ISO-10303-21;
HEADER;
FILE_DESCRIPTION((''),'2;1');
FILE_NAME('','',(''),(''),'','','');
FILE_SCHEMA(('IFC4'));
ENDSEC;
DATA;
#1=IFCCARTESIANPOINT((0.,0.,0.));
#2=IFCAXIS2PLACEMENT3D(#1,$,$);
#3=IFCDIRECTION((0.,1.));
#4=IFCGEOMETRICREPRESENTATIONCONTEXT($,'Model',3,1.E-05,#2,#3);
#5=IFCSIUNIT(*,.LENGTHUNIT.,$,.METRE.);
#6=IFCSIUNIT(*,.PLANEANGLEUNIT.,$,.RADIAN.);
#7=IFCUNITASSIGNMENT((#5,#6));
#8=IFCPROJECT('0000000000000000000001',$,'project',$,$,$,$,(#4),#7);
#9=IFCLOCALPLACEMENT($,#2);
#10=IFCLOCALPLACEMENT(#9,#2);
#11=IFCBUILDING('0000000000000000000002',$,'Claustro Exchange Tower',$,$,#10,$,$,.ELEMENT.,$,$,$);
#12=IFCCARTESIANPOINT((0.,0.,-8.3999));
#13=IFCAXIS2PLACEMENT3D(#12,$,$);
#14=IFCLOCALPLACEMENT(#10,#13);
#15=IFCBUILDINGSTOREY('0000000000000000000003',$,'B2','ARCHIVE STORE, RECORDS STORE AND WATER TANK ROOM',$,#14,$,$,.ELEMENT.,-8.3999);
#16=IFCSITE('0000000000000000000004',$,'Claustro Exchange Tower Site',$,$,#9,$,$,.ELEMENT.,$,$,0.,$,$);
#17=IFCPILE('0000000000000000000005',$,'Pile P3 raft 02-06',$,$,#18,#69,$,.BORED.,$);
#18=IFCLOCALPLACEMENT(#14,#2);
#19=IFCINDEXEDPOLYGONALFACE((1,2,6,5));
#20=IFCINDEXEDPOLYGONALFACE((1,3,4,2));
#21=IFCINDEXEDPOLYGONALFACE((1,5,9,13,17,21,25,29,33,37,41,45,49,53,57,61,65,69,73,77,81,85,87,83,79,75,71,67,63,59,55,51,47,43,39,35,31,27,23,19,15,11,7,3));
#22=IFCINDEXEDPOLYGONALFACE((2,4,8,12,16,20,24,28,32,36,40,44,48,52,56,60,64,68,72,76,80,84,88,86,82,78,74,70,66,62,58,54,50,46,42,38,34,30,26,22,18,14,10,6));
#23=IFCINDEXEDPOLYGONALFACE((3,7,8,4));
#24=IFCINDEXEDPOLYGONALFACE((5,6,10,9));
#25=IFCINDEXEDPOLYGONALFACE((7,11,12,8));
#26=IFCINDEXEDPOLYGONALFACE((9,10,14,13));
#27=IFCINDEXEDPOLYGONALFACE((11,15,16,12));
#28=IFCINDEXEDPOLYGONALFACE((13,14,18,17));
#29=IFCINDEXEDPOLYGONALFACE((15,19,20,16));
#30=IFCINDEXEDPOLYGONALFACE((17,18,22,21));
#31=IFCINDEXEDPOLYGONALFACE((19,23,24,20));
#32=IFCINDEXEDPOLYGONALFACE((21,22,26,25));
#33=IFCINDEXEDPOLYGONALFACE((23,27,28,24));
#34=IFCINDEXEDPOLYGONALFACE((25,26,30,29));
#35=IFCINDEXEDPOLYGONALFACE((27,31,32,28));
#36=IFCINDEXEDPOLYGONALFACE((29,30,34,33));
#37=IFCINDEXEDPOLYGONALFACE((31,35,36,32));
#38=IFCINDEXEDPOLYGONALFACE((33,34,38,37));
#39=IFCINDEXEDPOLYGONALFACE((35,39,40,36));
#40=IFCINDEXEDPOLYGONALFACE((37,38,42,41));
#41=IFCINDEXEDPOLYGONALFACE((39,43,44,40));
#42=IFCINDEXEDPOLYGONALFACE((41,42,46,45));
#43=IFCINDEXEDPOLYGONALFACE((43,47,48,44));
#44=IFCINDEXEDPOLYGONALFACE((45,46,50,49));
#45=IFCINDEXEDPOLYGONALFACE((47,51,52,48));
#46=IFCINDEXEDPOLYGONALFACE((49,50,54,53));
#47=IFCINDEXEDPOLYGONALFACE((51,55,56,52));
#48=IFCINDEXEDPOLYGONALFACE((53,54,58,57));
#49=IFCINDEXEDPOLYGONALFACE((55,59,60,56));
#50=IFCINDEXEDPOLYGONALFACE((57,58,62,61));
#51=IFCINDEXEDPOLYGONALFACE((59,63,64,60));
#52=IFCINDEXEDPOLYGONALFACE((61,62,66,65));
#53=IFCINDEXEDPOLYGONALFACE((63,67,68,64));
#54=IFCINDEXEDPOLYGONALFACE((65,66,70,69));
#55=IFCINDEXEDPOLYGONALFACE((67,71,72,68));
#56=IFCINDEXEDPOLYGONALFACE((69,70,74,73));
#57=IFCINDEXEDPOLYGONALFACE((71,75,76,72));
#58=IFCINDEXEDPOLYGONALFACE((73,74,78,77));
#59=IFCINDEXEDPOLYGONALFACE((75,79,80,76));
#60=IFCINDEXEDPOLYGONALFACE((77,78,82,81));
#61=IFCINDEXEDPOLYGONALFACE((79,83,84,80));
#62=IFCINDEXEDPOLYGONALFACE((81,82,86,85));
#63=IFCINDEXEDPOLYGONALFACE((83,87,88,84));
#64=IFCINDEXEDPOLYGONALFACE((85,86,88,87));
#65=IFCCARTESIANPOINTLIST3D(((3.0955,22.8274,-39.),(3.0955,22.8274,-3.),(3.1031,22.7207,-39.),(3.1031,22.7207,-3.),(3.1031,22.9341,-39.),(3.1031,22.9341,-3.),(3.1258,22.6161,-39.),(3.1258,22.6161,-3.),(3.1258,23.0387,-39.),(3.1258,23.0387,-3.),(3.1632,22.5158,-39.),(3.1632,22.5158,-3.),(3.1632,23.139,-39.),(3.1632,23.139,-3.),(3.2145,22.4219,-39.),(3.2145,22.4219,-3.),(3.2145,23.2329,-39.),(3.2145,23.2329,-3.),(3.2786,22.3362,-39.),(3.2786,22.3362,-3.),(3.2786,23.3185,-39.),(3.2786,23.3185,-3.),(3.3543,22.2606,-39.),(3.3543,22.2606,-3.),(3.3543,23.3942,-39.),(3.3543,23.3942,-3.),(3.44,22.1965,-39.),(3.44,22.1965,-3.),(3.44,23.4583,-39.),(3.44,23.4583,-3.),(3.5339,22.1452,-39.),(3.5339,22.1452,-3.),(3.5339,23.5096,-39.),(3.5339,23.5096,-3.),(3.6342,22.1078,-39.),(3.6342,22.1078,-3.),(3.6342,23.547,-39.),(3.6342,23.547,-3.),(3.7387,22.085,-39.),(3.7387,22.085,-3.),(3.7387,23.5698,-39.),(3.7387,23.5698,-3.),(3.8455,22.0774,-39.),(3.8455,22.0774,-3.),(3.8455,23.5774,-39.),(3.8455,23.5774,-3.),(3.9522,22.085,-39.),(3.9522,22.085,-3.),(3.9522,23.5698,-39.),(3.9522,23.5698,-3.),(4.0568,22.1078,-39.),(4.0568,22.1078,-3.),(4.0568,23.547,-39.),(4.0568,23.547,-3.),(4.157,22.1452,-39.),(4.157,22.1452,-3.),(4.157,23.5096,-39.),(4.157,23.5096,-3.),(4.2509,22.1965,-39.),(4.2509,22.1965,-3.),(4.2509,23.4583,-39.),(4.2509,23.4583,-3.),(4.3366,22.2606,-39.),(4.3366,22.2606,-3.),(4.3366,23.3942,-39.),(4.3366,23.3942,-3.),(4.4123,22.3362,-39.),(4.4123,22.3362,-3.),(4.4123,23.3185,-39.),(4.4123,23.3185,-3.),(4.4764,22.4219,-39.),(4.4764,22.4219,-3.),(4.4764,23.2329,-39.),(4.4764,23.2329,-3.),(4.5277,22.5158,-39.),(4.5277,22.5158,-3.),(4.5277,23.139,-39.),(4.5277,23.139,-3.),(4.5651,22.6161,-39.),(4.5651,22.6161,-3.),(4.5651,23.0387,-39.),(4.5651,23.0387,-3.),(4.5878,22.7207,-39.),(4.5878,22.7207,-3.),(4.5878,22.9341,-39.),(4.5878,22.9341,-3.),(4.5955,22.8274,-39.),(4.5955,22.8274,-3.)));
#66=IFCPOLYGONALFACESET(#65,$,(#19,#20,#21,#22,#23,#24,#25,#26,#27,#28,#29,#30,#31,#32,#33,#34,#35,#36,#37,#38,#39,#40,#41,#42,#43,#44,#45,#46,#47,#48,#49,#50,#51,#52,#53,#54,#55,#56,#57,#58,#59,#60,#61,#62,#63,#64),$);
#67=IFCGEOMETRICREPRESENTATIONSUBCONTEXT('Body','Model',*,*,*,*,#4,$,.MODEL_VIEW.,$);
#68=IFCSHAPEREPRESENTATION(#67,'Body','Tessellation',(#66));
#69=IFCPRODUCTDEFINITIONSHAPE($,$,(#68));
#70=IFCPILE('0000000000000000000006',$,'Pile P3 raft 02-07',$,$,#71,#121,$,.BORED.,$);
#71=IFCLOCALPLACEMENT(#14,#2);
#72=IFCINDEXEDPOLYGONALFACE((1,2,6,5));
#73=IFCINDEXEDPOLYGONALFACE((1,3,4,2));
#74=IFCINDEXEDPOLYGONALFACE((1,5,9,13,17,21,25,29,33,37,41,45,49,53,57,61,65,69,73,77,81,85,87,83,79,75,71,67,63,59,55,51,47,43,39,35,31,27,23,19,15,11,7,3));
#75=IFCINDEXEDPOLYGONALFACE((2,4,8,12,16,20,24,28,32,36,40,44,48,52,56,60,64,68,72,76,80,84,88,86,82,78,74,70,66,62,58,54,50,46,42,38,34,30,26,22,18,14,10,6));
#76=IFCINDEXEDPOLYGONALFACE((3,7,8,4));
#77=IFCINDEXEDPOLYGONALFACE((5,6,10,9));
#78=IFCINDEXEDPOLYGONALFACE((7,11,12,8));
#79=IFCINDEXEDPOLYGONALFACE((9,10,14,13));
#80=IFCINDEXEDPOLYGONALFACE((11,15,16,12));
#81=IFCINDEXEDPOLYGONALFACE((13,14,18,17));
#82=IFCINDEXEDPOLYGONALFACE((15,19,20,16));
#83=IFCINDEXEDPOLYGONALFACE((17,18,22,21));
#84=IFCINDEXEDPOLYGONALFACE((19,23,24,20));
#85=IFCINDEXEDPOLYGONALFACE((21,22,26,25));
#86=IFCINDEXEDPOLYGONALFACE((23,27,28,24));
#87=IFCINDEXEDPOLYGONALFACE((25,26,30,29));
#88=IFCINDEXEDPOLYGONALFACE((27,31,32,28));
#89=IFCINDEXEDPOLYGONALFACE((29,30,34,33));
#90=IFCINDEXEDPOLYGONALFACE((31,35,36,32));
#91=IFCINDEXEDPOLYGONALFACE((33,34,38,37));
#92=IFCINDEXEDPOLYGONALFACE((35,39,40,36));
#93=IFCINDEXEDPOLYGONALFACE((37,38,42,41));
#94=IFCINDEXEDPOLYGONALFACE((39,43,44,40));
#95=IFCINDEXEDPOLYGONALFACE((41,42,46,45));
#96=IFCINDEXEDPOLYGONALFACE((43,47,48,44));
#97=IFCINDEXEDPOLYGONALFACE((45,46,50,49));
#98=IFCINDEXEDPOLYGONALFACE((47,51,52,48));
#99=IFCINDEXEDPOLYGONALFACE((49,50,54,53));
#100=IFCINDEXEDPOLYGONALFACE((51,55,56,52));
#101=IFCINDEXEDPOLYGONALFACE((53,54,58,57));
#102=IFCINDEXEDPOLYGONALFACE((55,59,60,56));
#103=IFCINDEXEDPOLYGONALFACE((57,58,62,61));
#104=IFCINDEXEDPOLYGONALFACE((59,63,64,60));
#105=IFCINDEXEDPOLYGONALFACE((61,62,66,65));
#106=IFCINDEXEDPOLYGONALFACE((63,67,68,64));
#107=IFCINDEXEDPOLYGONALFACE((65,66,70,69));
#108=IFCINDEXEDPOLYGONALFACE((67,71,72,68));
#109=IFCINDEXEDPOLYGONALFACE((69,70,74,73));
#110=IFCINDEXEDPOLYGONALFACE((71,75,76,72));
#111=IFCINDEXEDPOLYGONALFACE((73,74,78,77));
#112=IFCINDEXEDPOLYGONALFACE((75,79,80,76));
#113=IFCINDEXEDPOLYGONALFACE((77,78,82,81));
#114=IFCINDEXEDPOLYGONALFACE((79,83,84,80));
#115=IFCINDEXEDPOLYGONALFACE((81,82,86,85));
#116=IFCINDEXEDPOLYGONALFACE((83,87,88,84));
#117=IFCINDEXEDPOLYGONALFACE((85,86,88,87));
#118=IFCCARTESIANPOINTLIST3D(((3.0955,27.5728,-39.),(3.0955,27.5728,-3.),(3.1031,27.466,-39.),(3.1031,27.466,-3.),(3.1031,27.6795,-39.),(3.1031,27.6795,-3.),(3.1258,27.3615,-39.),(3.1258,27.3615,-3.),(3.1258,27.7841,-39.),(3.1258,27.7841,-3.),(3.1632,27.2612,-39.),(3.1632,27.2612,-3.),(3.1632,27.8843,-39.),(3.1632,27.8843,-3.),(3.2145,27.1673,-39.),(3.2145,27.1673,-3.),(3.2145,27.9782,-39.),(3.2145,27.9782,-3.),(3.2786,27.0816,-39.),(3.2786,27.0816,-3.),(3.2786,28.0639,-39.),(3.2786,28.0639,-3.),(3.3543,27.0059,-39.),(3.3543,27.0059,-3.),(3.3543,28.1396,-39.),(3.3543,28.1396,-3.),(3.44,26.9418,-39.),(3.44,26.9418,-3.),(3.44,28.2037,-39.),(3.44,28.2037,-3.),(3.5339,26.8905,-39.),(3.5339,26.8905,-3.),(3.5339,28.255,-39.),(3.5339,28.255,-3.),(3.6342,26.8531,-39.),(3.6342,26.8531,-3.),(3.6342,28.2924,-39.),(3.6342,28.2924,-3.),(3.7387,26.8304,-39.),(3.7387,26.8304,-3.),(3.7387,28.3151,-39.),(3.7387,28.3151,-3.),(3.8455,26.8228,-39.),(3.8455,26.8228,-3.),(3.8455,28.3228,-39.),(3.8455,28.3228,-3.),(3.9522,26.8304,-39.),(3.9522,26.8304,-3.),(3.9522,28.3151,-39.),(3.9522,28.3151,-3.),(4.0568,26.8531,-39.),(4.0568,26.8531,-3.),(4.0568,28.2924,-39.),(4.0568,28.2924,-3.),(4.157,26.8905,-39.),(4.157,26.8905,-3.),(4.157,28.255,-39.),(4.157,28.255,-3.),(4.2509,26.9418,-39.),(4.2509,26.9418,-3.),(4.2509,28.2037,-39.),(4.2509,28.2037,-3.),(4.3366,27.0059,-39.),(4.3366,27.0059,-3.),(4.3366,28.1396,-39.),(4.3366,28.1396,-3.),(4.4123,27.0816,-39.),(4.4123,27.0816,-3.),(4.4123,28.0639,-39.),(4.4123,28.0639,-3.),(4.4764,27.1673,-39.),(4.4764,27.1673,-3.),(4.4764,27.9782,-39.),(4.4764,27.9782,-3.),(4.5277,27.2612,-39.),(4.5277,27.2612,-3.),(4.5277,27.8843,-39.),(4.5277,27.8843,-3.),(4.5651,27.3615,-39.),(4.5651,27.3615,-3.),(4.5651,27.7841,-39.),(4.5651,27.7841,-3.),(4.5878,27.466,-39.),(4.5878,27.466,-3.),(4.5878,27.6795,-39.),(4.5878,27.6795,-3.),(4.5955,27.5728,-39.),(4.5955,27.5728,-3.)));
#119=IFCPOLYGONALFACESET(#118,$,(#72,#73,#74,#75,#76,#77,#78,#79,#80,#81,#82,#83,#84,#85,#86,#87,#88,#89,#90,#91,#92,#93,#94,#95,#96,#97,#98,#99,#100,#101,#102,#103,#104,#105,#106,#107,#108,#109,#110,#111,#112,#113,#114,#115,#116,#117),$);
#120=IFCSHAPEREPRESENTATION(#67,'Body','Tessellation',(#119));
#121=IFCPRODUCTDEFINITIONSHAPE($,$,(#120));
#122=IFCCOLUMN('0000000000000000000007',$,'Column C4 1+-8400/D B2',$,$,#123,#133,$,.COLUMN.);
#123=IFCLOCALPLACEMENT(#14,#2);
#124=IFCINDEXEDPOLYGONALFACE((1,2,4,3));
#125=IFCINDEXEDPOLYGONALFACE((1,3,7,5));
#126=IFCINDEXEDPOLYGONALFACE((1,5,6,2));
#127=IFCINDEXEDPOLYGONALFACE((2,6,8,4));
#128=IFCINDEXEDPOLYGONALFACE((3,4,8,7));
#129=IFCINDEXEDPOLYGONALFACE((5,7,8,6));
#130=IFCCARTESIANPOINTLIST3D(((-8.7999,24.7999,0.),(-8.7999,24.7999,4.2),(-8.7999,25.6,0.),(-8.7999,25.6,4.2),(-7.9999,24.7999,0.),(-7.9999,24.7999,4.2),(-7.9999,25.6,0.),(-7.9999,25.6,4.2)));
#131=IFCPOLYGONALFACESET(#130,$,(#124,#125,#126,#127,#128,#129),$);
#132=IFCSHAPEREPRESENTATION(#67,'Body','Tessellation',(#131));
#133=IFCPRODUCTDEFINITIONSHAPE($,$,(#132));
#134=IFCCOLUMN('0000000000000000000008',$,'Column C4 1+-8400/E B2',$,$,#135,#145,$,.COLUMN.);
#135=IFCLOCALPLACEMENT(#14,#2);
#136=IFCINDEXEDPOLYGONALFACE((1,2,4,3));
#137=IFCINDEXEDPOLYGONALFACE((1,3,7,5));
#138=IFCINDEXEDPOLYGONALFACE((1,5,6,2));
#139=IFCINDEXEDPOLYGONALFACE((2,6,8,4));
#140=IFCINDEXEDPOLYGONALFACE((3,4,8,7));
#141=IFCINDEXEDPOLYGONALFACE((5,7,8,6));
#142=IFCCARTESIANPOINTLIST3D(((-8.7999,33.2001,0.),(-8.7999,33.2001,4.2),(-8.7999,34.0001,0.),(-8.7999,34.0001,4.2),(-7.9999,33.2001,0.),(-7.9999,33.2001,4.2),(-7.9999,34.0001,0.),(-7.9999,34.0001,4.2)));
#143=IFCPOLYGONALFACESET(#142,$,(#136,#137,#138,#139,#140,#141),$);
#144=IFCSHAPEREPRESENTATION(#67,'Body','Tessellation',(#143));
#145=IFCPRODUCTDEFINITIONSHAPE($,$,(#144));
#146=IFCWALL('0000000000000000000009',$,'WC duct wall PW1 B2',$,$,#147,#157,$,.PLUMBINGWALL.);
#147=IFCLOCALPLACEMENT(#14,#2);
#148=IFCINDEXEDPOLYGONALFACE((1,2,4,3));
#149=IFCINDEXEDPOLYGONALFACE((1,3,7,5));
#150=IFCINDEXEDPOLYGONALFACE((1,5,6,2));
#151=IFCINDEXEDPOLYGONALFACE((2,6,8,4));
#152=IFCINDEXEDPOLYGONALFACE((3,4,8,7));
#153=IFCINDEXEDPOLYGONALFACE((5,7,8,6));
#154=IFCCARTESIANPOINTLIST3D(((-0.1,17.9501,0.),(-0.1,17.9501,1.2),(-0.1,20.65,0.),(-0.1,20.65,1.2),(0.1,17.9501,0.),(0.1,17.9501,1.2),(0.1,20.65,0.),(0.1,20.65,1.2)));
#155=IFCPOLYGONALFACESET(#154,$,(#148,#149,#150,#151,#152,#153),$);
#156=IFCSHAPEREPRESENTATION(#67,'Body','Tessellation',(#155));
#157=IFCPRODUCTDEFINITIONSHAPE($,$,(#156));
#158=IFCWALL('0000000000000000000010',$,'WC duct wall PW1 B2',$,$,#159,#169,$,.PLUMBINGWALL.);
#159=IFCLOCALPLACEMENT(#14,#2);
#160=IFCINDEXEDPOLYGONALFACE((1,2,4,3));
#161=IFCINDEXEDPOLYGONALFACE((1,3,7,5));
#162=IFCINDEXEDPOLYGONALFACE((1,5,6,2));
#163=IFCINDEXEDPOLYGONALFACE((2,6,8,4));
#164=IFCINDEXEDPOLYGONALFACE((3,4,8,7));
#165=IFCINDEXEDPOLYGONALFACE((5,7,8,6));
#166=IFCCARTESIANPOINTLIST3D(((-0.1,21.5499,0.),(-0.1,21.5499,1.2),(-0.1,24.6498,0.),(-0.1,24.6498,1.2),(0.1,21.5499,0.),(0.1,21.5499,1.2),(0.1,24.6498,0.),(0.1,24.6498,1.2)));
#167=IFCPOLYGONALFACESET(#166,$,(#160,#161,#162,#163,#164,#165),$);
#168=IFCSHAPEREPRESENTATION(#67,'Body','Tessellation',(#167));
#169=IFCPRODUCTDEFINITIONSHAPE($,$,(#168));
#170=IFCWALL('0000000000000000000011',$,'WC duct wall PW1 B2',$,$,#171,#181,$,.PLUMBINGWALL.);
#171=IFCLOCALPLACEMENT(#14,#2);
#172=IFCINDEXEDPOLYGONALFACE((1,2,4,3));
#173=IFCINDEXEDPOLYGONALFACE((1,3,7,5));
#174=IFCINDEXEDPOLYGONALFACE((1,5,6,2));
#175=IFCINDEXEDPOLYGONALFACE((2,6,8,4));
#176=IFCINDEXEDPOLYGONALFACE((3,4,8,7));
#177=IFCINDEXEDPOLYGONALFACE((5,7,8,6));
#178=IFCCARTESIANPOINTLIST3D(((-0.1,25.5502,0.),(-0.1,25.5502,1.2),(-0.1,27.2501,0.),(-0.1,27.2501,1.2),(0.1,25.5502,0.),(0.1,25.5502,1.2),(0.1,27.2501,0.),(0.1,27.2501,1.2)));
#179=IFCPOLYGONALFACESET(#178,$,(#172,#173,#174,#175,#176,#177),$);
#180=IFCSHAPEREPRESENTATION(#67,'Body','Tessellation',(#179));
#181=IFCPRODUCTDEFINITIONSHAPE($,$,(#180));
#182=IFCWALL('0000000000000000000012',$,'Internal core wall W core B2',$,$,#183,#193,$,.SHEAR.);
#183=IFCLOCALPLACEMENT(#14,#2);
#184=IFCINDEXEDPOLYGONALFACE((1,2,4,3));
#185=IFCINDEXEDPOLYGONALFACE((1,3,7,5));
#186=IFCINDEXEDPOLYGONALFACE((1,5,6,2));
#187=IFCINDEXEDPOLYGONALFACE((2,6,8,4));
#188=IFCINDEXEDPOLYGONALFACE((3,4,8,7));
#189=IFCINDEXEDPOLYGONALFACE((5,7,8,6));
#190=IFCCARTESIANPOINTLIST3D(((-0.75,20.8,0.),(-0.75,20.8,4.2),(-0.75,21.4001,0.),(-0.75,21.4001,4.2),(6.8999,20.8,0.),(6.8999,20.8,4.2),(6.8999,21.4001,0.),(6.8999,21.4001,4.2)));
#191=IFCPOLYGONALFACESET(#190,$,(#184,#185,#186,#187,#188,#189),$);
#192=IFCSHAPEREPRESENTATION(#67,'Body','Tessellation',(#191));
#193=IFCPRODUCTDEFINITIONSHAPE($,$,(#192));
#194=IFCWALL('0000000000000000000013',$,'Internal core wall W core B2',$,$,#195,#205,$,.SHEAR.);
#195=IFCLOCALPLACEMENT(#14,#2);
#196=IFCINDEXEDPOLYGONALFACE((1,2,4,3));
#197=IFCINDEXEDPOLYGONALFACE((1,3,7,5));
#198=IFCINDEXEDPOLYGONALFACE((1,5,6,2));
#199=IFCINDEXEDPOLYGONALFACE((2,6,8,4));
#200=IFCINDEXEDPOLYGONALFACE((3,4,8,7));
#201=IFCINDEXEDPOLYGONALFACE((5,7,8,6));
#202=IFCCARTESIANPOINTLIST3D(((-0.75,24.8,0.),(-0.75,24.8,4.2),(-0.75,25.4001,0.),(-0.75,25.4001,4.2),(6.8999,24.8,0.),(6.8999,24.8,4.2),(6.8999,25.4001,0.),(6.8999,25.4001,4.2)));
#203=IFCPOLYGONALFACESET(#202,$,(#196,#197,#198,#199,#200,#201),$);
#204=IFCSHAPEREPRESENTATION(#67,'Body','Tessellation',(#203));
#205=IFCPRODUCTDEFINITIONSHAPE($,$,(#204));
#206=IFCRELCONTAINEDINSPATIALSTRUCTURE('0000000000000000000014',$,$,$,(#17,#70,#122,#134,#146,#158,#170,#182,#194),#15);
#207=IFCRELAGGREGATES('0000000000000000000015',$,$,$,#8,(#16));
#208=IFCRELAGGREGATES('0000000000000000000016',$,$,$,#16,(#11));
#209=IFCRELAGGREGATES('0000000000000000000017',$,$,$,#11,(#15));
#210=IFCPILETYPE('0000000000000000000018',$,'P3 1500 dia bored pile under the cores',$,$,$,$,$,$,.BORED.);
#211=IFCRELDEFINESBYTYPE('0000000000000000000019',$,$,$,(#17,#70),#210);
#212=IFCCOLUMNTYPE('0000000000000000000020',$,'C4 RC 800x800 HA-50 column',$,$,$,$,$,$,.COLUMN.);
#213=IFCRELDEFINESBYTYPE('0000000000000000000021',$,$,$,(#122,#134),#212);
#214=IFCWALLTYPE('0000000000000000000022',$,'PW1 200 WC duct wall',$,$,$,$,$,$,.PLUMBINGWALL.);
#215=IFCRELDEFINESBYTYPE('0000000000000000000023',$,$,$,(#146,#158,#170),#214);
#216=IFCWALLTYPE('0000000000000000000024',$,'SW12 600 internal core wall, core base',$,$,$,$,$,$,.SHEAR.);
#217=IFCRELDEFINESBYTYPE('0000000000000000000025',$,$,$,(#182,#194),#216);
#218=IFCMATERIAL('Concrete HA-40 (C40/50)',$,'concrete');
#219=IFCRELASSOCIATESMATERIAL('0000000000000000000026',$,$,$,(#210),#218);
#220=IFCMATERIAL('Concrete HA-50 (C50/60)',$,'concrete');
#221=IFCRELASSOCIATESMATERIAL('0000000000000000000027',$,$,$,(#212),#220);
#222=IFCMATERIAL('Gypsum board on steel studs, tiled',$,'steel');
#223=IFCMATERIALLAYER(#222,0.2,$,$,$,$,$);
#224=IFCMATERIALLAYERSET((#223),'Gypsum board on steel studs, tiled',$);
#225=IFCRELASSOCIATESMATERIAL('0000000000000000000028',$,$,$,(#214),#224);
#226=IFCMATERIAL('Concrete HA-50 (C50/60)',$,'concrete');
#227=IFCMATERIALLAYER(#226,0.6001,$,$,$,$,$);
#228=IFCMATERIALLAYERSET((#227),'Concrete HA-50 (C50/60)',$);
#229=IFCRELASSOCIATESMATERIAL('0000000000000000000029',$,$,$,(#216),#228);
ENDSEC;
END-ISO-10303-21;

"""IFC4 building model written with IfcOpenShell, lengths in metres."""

from ifc_helpers import new_model, si_unit, direction, frame, frame_2d, origin, origin_2d, place, context, subcontext, project, spatial, rectangle, circle, extrude, material, layer, layer_set, material_profile, profile_set, type_object, element, save


model = new_model("IFC4")

# Units and contexts
model_context = context("Model", 3, precision=1e-05, world=origin(), true_north=direction((0.0, 1.0)))
body_context = subcontext(model_context, "Body", "Model", "MODEL_VIEW")
ifc_project = project(units=[si_unit("LENGTHUNIT", "METRE"), si_unit("PLANEANGLEUNIT", "RADIAN")], contexts=[model_context])

# Site, building, storey
site_placement = place(None, origin())
site = spatial("IfcSite", under=ifc_project, at=site_placement, Name="Claustro Exchange Tower Site", CompositionType="ELEMENT", RefElevation=0.0)
building_placement = place(site_placement, origin())
building = spatial("IfcBuilding", under=site, at=building_placement, Name="Claustro Exchange Tower", CompositionType="ELEMENT")
storey_placement = place(building_placement, frame((0.0, 0.0, -8.3999)))
storey = spatial("IfcBuildingStorey", under=building, at=storey_placement, Name="B2", Description="ARCHIVE STORE, RECORDS STORE AND WATER TANK ROOM", CompositionType="ELEMENT", Elevation=-8.3999)

# Piles
ifc_material_1 = material(Name="Concrete HA-40 (C40/50)", Category="concrete")
pile_type_1 = type_object("IfcPileType", Name="P3 1500 dia bored pile under the cores", PredefinedType="BORED", material=ifc_material_1)
for number, where, z_axis, x_axis, name in (
    (1, (3.8455, 22.8274, -3.0), (0.0, 0.0, -1.0), (1.0, 0.0, 0.0), "Pile P3 raft 02-06"),
    (2, (3.8455, 27.5728, -3.0), (0.0, 0.0, -1.0), (1.0, 0.0, 0.0), "Pile P3 raft 02-07"),
):
    element("IfcPile", number, at=place(storey_placement, frame(where, z_axis=z_axis, x_axis=x_axis)), inside=storey, type_object=pile_type_1, Name=name, PredefinedType="BORED", context=body_context, shape_type="SweptSolid", body=[
        extrude(circle(Radius=0.75, at=origin_2d()), origin(), (0.0, 0.0, 1.0), 36.0),
    ])

# Columns
ifc_material_2 = material(Name="Concrete HA-50 (C50/60)", Category="concrete")
ifc_material_profile = material_profile(ifc_material_2, rectangle(XDim=0.8, YDim=0.8, at=origin_2d()), Name="RC 800x800")
ifc_profile_set = profile_set([ifc_material_profile], Name="Concrete HA-50 (C50/60)")
column_type = type_object("IfcColumnType", Name="C4 RC 800x800 HA-50 column", PredefinedType="COLUMN", material=ifc_profile_set)
for number, where, z_axis, x_axis, name in (
    (3, (-8.3999, 25.2, 0.0), (0.0, 0.0, 1.0), (1.0, 0.0, 0.0), "Column C4 1+-8400/D B2"),
    (4, (-8.3999, 33.6001, 0.0), (0.0, 0.0, 1.0), (1.0, 0.0, 0.0), "Column C4 1+-8400/E B2"),
):
    element("IfcColumn", number, at=place(storey_placement, frame(where, z_axis=z_axis, x_axis=x_axis)), inside=storey, type_object=column_type, Name=name, PredefinedType="COLUMN", context=body_context, shape_type="SweptSolid", body=[
        extrude(rectangle(XDim=0.8, YDim=0.8, at=origin_2d()), origin(), (0.0, 0.0, 1.0), 4.2),
    ])

# Walls
ifc_material_3 = material(Name="Gypsum board on steel studs, tiled", Category="steel")
ifc_layer_1 = layer(ifc_material_3, 0.2)
ifc_layer_set_1 = layer_set([ifc_layer_1], Name="Gypsum board on steel studs, tiled")
wall_type_1 = type_object("IfcWallType", Name="PW1 200 WC duct wall", PredefinedType="PLUMBINGWALL", material=ifc_layer_set_1)
wall_1_placement = place(storey_placement, frame((0.0, 17.95, 0.0), z_axis=(0.0, 0.0, 1.0), x_axis=(0.0, 1.0, 0.0)))
element("IfcWall", 5, at=wall_1_placement, inside=storey, type_object=wall_type_1, Name="WC duct wall PW1 B2", PredefinedType="PLUMBINGWALL", context=body_context, shape_type="SweptSolid", body=[
    extrude(rectangle(XDim=2.7, YDim=0.2, at=frame_2d((1.3501, 0.0))), origin(), (0.0, 0.0, 1.0), 1.2),
])
wall_2_placement = place(storey_placement, frame((0.0, 21.55, 0.0), z_axis=(0.0, 0.0, 1.0), x_axis=(0.0, 1.0, 0.0)))
element("IfcWall", 6, at=wall_2_placement, inside=storey, type_object=wall_type_1, Name="WC duct wall PW1 B2", PredefinedType="PLUMBINGWALL", context=body_context, shape_type="SweptSolid", body=[
    extrude(rectangle(XDim=3.0999, YDim=0.2, at=frame_2d((1.5498, 0.0))), origin(), (0.0, 0.0, 1.0), 1.2),
])
wall_3_placement = place(storey_placement, frame((0.0, 25.55, 0.0), z_axis=(0.0, 0.0, 1.0), x_axis=(0.0, 1.0, 0.0)))
element("IfcWall", 7, at=wall_3_placement, inside=storey, type_object=wall_type_1, Name="WC duct wall PW1 B2", PredefinedType="PLUMBINGWALL", context=body_context, shape_type="SweptSolid", body=[
    extrude(rectangle(XDim=1.7, YDim=0.2, at=frame_2d((0.8501, 0.0))), origin(), (0.0, 0.0, 1.0), 1.2),
])
ifc_material_4 = material(Name="Concrete HA-50 (C50/60)", Category="concrete")
ifc_layer_2 = layer(ifc_material_4, 0.6001)
ifc_layer_set_2 = layer_set([ifc_layer_2], Name="Concrete HA-50 (C50/60)")
wall_type_2 = type_object("IfcWallType", Name="SW12 600 internal core wall, core base", PredefinedType="SHEAR", material=ifc_layer_set_2)
for number, where, z_axis, x_axis, name in (
    (8, (-0.75, 21.1001, 0.0), (0.0, 0.0, 1.0), (1.0, 0.0, 0.0), "Internal core wall W core B2"),
    (9, (-0.75, 25.1001, 0.0), (0.0, 0.0, 1.0), (1.0, 0.0, 0.0), "Internal core wall W core B2"),
):
    element("IfcWall", number, at=place(storey_placement, frame(where, z_axis=z_axis, x_axis=x_axis)), inside=storey, type_object=wall_type_2, Name=name, PredefinedType="SHEAR", context=body_context, shape_type="SweptSolid", body=[
        extrude(rectangle(XDim=7.6499, YDim=0.6001, at=frame_2d((3.825, 0.0))), origin(), (0.0, 0.0, 1.0), 4.2),
    ])

save(model, "model.ifc")
